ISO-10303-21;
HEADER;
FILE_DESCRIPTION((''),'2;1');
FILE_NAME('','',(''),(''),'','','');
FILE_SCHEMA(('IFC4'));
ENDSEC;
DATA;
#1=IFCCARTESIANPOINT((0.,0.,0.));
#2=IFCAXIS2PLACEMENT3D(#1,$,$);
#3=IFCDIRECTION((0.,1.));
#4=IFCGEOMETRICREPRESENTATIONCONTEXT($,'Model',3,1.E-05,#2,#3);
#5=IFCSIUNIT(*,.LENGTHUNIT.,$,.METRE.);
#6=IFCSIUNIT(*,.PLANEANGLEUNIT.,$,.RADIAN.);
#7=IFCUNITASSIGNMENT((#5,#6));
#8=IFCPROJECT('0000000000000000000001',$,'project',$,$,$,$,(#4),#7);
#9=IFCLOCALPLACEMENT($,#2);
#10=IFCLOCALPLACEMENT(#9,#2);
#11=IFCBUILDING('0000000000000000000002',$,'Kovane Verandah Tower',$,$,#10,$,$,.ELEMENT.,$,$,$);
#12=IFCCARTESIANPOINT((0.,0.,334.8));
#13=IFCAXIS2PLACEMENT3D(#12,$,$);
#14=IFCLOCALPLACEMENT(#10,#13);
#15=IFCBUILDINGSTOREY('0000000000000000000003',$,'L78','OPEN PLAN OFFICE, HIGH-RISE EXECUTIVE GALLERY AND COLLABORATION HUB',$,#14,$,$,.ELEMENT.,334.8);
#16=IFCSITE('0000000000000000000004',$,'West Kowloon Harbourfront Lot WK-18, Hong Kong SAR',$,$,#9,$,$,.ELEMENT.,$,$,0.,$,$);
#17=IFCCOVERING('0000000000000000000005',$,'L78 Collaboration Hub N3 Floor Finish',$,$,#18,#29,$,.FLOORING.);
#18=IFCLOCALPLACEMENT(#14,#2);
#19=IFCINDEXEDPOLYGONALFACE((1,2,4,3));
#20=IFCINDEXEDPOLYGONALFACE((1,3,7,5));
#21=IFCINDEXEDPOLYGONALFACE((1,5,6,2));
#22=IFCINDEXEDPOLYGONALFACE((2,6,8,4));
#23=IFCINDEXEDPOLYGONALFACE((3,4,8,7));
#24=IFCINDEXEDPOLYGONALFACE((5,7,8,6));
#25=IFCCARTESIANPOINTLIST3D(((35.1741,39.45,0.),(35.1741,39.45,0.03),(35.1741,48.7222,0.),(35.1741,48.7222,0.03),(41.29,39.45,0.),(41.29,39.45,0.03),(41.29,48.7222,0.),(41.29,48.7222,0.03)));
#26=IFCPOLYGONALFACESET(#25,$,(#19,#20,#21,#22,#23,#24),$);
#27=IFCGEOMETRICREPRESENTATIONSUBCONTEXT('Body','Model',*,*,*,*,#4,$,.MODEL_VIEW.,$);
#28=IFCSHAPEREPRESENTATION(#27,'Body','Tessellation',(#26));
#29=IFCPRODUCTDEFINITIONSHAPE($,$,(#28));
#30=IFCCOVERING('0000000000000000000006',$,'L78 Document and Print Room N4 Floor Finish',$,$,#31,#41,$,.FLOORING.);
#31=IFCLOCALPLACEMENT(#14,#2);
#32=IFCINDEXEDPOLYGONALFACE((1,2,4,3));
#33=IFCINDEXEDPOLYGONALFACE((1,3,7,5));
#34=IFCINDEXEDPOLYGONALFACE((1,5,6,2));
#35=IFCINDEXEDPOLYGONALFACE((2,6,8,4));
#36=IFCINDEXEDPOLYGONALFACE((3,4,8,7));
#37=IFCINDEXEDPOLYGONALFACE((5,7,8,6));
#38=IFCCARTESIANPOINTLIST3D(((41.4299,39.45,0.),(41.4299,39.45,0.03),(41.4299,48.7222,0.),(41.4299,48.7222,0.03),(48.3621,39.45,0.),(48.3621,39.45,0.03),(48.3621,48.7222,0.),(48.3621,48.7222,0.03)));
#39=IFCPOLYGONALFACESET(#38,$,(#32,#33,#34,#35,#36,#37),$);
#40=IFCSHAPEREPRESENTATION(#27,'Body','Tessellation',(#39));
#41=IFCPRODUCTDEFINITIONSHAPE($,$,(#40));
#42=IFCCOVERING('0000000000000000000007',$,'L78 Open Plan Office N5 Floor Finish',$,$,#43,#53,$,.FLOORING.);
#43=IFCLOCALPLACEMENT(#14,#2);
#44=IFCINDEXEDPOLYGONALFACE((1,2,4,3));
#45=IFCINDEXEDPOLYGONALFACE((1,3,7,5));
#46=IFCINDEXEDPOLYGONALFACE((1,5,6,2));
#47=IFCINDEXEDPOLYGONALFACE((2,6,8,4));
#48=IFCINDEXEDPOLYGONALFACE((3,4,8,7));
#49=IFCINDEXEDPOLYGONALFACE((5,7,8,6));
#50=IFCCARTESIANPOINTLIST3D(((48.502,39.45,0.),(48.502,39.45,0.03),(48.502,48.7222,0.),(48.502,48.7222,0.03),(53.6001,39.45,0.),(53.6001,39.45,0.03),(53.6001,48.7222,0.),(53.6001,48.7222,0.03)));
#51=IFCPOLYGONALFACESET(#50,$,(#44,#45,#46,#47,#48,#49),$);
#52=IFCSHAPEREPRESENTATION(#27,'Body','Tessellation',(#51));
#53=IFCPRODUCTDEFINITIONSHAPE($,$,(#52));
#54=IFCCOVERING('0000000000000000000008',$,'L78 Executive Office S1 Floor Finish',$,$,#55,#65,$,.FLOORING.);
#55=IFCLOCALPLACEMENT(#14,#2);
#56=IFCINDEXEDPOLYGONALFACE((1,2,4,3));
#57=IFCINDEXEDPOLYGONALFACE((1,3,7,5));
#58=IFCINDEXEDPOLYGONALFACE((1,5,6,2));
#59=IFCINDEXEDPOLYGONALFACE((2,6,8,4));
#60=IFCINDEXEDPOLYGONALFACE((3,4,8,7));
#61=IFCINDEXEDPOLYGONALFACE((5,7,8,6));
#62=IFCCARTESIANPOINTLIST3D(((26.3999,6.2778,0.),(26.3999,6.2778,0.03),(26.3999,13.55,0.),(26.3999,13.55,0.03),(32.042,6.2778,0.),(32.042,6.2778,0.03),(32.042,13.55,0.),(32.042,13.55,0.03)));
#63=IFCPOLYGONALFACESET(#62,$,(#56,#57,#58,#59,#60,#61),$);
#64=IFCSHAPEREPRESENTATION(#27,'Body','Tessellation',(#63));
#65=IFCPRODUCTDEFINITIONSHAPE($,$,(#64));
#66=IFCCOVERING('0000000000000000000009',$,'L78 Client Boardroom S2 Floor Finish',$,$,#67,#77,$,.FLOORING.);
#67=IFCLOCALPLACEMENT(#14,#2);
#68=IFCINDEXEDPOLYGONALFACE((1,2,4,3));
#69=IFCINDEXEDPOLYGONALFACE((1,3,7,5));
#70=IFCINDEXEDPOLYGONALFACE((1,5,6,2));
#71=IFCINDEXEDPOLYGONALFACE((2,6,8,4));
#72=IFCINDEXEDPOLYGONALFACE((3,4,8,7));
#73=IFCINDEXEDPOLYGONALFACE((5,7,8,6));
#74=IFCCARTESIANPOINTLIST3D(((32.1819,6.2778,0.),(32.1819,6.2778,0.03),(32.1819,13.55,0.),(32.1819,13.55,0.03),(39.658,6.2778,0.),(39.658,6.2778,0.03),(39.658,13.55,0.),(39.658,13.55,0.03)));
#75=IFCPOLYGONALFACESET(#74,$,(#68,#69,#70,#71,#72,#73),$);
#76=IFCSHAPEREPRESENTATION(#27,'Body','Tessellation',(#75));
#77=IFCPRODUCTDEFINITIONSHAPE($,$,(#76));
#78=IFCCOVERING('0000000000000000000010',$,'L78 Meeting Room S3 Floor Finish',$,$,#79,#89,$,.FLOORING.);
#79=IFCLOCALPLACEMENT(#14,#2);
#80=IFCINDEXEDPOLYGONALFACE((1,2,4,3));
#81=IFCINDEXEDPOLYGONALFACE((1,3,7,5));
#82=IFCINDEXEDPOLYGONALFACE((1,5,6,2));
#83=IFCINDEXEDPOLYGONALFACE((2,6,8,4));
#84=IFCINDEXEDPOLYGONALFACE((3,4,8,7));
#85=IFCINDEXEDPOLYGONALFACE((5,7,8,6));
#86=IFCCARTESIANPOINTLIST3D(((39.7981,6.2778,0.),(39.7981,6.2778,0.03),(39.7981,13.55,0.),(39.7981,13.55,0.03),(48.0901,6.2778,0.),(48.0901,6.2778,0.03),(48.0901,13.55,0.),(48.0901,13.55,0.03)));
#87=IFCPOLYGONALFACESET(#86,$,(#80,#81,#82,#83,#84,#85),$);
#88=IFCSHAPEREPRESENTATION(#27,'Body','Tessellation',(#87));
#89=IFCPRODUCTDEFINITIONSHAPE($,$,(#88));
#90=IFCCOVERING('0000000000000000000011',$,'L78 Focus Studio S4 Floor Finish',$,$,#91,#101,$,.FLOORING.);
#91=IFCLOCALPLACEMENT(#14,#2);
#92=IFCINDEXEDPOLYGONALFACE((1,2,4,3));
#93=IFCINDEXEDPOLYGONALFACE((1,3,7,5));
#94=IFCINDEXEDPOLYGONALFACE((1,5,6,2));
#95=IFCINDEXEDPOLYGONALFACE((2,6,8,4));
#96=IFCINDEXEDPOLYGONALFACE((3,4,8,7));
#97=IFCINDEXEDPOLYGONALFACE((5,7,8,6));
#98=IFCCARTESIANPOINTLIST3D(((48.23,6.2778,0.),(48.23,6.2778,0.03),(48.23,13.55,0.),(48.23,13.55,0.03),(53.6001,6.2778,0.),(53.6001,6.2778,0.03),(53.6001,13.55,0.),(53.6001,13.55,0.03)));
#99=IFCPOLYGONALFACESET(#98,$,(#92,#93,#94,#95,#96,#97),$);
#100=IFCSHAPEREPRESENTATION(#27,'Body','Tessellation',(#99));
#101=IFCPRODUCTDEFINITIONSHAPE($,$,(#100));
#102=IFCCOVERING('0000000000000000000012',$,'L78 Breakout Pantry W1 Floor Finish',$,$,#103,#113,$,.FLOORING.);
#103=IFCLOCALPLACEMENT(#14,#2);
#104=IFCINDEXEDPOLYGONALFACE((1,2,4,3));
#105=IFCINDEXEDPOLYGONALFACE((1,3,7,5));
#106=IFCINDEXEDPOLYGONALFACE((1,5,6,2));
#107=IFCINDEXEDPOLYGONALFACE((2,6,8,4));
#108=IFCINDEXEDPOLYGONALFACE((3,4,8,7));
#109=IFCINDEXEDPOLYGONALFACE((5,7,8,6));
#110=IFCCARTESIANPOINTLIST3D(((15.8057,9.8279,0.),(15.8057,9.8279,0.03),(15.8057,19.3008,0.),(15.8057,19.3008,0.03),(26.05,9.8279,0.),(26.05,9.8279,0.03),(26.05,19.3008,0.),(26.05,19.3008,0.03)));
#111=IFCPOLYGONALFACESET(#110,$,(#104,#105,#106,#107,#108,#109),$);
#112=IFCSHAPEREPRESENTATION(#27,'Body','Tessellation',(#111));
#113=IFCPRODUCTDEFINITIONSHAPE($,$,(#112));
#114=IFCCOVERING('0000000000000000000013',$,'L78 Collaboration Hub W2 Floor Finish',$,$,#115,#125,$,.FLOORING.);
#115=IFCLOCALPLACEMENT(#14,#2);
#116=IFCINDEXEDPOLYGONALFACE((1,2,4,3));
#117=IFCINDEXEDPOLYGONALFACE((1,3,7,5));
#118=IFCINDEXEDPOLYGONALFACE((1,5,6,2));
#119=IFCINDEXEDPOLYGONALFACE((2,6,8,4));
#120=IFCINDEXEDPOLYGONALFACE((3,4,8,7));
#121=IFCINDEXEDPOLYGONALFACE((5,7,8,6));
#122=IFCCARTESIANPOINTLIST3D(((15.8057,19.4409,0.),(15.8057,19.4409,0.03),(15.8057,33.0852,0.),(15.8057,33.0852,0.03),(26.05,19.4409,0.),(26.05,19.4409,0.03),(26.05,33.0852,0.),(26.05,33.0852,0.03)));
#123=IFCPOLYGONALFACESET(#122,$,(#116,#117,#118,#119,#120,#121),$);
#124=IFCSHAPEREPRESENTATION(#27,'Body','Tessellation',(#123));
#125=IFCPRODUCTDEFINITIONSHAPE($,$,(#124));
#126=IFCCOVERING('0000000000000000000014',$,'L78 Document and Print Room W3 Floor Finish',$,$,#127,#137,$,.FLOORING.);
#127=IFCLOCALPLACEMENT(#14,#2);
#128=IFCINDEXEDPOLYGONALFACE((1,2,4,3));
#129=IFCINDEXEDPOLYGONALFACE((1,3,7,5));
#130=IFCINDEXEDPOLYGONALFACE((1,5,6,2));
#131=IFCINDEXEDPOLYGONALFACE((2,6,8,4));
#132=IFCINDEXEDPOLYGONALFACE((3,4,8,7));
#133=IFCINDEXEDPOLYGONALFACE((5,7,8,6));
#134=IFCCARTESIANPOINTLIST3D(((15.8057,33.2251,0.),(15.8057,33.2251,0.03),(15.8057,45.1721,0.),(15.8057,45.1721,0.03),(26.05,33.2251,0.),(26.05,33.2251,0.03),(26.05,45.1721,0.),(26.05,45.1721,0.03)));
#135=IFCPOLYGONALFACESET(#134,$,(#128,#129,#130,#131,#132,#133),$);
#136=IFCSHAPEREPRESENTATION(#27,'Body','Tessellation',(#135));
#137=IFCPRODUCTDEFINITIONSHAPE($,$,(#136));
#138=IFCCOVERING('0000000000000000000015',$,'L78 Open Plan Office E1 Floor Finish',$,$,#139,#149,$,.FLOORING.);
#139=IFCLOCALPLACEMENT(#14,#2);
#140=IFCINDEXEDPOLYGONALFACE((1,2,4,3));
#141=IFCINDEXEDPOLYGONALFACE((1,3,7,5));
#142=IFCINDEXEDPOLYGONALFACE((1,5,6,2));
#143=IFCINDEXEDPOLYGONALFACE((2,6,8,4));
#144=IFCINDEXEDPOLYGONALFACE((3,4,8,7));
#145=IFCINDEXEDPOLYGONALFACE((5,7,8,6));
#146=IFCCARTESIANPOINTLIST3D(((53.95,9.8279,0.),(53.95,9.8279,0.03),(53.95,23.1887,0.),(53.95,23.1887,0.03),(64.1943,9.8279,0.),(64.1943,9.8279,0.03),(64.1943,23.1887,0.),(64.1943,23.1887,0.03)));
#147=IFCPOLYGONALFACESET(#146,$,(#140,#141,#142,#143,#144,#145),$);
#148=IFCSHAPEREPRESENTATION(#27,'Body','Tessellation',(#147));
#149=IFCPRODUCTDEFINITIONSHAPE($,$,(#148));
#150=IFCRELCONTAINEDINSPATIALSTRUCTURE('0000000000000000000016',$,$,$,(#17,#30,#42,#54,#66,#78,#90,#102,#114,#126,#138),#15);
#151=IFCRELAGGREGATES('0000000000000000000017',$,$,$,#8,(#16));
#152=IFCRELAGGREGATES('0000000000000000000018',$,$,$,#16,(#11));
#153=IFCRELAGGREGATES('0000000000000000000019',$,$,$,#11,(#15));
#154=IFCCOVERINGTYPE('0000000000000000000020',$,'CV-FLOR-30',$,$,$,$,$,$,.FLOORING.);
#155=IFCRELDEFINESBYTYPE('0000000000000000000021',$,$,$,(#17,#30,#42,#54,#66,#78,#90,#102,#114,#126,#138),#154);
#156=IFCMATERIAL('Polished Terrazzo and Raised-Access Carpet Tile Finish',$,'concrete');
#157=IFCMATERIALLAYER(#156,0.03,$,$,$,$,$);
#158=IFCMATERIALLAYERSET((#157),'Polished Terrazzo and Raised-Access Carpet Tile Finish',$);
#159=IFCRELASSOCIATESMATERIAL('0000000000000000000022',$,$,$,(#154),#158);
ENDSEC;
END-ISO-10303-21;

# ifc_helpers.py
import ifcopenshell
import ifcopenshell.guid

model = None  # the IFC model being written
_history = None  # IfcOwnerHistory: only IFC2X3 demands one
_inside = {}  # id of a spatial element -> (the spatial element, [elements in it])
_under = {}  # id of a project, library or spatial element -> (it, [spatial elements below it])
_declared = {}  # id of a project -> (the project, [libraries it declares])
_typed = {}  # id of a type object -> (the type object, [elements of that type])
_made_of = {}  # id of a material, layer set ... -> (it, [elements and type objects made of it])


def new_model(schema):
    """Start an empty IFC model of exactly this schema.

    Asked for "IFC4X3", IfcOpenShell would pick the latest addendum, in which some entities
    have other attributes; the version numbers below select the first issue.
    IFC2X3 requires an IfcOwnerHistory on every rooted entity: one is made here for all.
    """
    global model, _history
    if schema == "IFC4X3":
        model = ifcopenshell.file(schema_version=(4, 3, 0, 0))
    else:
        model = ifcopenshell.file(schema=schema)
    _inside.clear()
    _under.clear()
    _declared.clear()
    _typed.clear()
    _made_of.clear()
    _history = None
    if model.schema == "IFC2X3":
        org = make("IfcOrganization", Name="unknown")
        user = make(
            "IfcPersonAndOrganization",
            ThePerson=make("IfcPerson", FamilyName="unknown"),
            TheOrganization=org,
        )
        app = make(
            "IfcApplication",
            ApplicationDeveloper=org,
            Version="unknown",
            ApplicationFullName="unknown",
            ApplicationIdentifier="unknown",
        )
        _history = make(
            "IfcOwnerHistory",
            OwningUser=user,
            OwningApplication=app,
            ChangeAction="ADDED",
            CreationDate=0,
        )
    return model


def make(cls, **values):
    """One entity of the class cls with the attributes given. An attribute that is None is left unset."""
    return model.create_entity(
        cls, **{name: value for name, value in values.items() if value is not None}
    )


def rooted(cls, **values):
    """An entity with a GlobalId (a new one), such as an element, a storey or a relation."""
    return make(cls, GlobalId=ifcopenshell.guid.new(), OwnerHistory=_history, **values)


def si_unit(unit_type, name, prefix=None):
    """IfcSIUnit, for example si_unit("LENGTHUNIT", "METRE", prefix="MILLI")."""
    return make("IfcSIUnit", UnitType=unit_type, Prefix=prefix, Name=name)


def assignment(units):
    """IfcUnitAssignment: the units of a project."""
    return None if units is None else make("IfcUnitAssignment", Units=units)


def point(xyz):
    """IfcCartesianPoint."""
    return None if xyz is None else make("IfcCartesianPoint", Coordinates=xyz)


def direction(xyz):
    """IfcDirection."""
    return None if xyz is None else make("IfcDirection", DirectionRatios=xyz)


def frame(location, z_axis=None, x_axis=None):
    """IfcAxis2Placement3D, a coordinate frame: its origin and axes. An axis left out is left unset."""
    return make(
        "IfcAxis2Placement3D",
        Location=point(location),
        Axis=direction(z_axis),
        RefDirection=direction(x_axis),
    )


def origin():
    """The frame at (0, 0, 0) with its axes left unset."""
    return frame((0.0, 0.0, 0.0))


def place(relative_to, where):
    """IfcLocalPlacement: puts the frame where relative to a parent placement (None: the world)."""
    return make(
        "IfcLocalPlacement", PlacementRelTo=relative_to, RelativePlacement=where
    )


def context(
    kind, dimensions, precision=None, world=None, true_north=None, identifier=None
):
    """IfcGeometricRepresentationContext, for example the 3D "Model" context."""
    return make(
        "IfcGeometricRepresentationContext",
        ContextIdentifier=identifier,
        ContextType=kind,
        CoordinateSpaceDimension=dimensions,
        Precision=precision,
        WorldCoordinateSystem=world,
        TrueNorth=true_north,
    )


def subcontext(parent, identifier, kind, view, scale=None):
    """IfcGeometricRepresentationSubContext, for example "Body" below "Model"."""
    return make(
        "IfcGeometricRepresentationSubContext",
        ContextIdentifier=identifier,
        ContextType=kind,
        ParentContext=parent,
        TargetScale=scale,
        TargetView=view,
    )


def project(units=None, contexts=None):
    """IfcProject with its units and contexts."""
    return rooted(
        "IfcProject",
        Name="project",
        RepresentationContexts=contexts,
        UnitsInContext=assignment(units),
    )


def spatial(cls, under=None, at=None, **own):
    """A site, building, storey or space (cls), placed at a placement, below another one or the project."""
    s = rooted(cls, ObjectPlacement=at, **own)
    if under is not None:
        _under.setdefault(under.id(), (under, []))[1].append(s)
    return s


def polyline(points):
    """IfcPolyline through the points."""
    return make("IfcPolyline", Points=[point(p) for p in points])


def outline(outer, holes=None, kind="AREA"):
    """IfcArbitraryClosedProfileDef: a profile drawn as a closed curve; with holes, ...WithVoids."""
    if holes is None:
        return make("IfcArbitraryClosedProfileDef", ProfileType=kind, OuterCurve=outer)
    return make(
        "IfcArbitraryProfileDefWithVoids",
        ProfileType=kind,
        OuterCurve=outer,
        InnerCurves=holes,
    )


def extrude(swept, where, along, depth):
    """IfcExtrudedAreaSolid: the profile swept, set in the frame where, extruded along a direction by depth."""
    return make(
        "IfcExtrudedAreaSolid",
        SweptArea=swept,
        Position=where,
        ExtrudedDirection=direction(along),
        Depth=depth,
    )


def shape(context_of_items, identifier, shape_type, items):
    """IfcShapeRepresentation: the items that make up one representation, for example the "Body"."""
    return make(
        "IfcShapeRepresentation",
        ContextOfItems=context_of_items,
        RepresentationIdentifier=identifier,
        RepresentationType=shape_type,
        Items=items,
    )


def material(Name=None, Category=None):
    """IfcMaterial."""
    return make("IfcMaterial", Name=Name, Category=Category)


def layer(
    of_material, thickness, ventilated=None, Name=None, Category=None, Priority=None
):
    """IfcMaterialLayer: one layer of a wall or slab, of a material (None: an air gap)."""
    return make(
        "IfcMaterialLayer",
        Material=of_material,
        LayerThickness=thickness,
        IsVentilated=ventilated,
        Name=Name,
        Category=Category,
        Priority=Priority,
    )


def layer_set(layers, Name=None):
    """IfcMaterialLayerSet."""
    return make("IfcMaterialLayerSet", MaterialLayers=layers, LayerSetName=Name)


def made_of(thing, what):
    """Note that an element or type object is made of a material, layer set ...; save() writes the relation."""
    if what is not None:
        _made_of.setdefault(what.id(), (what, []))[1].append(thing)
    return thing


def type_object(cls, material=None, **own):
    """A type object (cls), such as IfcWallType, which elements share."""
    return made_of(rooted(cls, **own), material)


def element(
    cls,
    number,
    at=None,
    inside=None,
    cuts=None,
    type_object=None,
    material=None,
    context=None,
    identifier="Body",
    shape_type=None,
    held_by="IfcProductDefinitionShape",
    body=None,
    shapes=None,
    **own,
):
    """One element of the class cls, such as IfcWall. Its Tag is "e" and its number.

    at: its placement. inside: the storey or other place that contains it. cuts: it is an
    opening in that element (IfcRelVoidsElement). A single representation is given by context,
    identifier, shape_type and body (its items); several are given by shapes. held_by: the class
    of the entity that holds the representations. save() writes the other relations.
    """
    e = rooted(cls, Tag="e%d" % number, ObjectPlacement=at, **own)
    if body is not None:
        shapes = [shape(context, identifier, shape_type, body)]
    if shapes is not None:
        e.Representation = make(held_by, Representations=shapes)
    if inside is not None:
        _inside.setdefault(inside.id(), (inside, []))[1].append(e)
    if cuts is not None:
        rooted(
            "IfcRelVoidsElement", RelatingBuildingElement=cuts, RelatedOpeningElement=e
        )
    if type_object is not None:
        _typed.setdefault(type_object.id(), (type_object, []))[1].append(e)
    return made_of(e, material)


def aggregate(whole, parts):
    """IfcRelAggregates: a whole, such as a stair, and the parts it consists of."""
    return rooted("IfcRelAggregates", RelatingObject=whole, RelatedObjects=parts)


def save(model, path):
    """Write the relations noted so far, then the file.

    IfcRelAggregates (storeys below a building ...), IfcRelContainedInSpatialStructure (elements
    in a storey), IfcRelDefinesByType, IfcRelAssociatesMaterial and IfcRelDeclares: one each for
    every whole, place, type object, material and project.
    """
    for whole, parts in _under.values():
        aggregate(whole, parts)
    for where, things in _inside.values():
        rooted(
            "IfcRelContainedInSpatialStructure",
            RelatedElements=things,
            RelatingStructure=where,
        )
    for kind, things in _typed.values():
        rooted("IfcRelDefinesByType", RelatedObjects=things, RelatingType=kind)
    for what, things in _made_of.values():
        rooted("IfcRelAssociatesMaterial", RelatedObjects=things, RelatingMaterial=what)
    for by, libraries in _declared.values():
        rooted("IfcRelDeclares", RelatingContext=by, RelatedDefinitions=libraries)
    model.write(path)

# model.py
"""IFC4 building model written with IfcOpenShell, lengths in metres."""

from ifc_helpers import new_model, si_unit, direction, frame, origin, place, context, subcontext, project, spatial, polyline, outline, extrude, material, layer, layer_set, type_object, element, save


model = new_model("IFC4")

# Units and contexts
model_context = context("Model", 3, precision=1e-05, world=origin(), true_north=direction((0.0, 1.0)))
body_context = subcontext(model_context, "Body", "Model", "MODEL_VIEW")
ifc_project = project(units=[si_unit("LENGTHUNIT", "METRE"), si_unit("PLANEANGLEUNIT", "RADIAN")], contexts=[model_context])

# Site, building, storey
site_placement = place(None, origin())
site = spatial("IfcSite", under=ifc_project, at=site_placement, Name="West Kowloon Harbourfront Lot WK-18, Hong Kong SAR", CompositionType="ELEMENT", RefElevation=0.0)
building_placement = place(site_placement, origin())
building = spatial("IfcBuilding", under=site, at=building_placement, Name="Kovane Verandah Tower", CompositionType="ELEMENT")
storey_placement = place(building_placement, frame((0.0, 0.0, 334.8)))
storey = spatial("IfcBuildingStorey", under=building, at=storey_placement, Name="L78", Description="OPEN PLAN OFFICE, HIGH-RISE EXECUTIVE GALLERY AND COLLABORATION HUB", CompositionType="ELEMENT", Elevation=334.8)

# Coverings
ifc_material_1 = material(Name="Polished Terrazzo and Raised-Access Carpet Tile Finish", Category="concrete")
ifc_layer_1 = layer(ifc_material_1, 0.03)
ifc_layer_set_1 = layer_set([ifc_layer_1], Name="Polished Terrazzo and Raised-Access Carpet Tile Finish")
covering_type = type_object("IfcCoveringType", Name="CV-FLOR-30", PredefinedType="FLOORING", material=ifc_layer_set_1)
covering_1_placement = place(storey_placement, origin())
element("IfcCovering", 1, at=covering_1_placement, inside=storey, type_object=covering_type, Name="L78 Collaboration Hub N3 Floor Finish", PredefinedType="FLOORING", context=body_context, shape_type="SweptSolid", body=[
    extrude(outline(polyline([(35.1741, 39.45), (41.29, 39.45), (41.29, 48.7222), (35.1741, 48.7222), (35.1741, 39.45)])), origin(), (0.0, 0.0, 1.0), 0.03),
])
covering_2_placement = place(storey_placement, origin())
element("IfcCovering", 2, at=covering_2_placement, inside=storey, type_object=covering_type, Name="L78 Document and Print Room N4 Floor Finish", PredefinedType="FLOORING", context=body_context, shape_type="SweptSolid", body=[
    extrude(outline(polyline([(41.4299, 39.45), (48.3621, 39.45), (48.3621, 48.7222), (41.4299, 48.7222), (41.4299, 39.45)])), origin(), (0.0, 0.0, 1.0), 0.03),
])
covering_3_placement = place(storey_placement, origin())
element("IfcCovering", 3, at=covering_3_placement, inside=storey, type_object=covering_type, Name="L78 Open Plan Office N5 Floor Finish", PredefinedType="FLOORING", context=body_context, shape_type="SweptSolid", body=[
    extrude(outline(polyline([(48.502, 39.45), (53.6001, 39.45), (53.6001, 48.7222), (48.502, 48.7222), (48.502, 39.45)])), origin(), (0.0, 0.0, 1.0), 0.03),
])
covering_4_placement = place(storey_placement, origin())
element("IfcCovering", 4, at=covering_4_placement, inside=storey, type_object=covering_type, Name="L78 Executive Office S1 Floor Finish", PredefinedType="FLOORING", context=body_context, shape_type="SweptSolid", body=[
    extrude(outline(polyline([(26.3999, 6.2778), (32.042, 6.2778), (32.042, 13.55), (26.3999, 13.55), (26.3999, 6.2778)])), origin(), (0.0, 0.0, 1.0), 0.03),
])
covering_5_placement = place(storey_placement, origin())
element("IfcCovering", 5, at=covering_5_placement, inside=storey, type_object=covering_type, Name="L78 Client Boardroom S2 Floor Finish", PredefinedType="FLOORING", context=body_context, shape_type="SweptSolid", body=[
    extrude(outline(polyline([(32.1819, 6.2778), (39.658, 6.2778), (39.658, 13.55), (32.1819, 13.55), (32.1819, 6.2778)])), origin(), (0.0, 0.0, 1.0), 0.03),
])
covering_6_placement = place(storey_placement, origin())
element("IfcCovering", 6, at=covering_6_placement, inside=storey, type_object=covering_type, Name="L78 Meeting Room S3 Floor Finish", PredefinedType="FLOORING", context=body_context, shape_type="SweptSolid", body=[
    extrude(outline(polyline([(39.7981, 6.2778), (48.0901, 6.2778), (48.0901, 13.55), (39.7981, 13.55), (39.7981, 6.2778)])), origin(), (0.0, 0.0, 1.0), 0.03),
])
covering_7_placement = place(storey_placement, origin())
element("IfcCovering", 7, at=covering_7_placement, inside=storey, type_object=covering_type, Name="L78 Focus Studio S4 Floor Finish", PredefinedType="FLOORING", context=body_context, shape_type="SweptSolid", body=[
    extrude(outline(polyline([(48.23, 6.2778), (53.6001, 6.2778), (53.6001, 13.55), (48.23, 13.55), (48.23, 6.2778)])), origin(), (0.0, 0.0, 1.0), 0.03),
])
covering_8_placement = place(storey_placement, origin())
element("IfcCovering", 8, at=covering_8_placement, inside=storey, type_object=covering_type, Name="L78 Breakout Pantry W1 Floor Finish", PredefinedType="FLOORING", context=body_context, shape_type="SweptSolid", body=[
    extrude(outline(polyline([(15.8057, 9.8279), (26.05, 9.8279), (26.05, 19.3008), (15.8057, 19.3008), (15.8057, 9.8279)])), origin(), (0.0, 0.0, 1.0), 0.03),
])
covering_9_placement = place(storey_placement, origin())
element("IfcCovering", 9, at=covering_9_placement, inside=storey, type_object=covering_type, Name="L78 Collaboration Hub W2 Floor Finish", PredefinedType="FLOORING", context=body_context, shape_type="SweptSolid", body=[
    extrude(outline(polyline([(15.8057, 19.4409), (26.05, 19.4409), (26.05, 33.0852), (15.8057, 33.0852), (15.8057, 19.4409)])), origin(), (0.0, 0.0, 1.0), 0.03),
])
covering_10_placement = place(storey_placement, origin())
element("IfcCovering", 10, at=covering_10_placement, inside=storey, type_object=covering_type, Name="L78 Document and Print Room W3 Floor Finish", PredefinedType="FLOORING", context=body_context, shape_type="SweptSolid", body=[
    extrude(outline(polyline([(15.8057, 33.2251), (26.05, 33.2251), (26.05, 45.1721), (15.8057, 45.1721), (15.8057, 33.2251)])), origin(), (0.0, 0.0, 1.0), 0.03),
])
covering_11_placement = place(storey_placement, origin())
element("IfcCovering", 11, at=covering_11_placement, inside=storey, type_object=covering_type, Name="L78 Open Plan Office E1 Floor Finish", PredefinedType="FLOORING", context=body_context, shape_type="SweptSolid", body=[
    extrude(outline(polyline([(53.95, 9.8279), (64.1943, 9.8279), (64.1943, 23.1887), (53.95, 23.1887), (53.95, 9.8279)])), origin(), (0.0, 0.0, 1.0), 0.03),
])

save(model, "model.ifc")
